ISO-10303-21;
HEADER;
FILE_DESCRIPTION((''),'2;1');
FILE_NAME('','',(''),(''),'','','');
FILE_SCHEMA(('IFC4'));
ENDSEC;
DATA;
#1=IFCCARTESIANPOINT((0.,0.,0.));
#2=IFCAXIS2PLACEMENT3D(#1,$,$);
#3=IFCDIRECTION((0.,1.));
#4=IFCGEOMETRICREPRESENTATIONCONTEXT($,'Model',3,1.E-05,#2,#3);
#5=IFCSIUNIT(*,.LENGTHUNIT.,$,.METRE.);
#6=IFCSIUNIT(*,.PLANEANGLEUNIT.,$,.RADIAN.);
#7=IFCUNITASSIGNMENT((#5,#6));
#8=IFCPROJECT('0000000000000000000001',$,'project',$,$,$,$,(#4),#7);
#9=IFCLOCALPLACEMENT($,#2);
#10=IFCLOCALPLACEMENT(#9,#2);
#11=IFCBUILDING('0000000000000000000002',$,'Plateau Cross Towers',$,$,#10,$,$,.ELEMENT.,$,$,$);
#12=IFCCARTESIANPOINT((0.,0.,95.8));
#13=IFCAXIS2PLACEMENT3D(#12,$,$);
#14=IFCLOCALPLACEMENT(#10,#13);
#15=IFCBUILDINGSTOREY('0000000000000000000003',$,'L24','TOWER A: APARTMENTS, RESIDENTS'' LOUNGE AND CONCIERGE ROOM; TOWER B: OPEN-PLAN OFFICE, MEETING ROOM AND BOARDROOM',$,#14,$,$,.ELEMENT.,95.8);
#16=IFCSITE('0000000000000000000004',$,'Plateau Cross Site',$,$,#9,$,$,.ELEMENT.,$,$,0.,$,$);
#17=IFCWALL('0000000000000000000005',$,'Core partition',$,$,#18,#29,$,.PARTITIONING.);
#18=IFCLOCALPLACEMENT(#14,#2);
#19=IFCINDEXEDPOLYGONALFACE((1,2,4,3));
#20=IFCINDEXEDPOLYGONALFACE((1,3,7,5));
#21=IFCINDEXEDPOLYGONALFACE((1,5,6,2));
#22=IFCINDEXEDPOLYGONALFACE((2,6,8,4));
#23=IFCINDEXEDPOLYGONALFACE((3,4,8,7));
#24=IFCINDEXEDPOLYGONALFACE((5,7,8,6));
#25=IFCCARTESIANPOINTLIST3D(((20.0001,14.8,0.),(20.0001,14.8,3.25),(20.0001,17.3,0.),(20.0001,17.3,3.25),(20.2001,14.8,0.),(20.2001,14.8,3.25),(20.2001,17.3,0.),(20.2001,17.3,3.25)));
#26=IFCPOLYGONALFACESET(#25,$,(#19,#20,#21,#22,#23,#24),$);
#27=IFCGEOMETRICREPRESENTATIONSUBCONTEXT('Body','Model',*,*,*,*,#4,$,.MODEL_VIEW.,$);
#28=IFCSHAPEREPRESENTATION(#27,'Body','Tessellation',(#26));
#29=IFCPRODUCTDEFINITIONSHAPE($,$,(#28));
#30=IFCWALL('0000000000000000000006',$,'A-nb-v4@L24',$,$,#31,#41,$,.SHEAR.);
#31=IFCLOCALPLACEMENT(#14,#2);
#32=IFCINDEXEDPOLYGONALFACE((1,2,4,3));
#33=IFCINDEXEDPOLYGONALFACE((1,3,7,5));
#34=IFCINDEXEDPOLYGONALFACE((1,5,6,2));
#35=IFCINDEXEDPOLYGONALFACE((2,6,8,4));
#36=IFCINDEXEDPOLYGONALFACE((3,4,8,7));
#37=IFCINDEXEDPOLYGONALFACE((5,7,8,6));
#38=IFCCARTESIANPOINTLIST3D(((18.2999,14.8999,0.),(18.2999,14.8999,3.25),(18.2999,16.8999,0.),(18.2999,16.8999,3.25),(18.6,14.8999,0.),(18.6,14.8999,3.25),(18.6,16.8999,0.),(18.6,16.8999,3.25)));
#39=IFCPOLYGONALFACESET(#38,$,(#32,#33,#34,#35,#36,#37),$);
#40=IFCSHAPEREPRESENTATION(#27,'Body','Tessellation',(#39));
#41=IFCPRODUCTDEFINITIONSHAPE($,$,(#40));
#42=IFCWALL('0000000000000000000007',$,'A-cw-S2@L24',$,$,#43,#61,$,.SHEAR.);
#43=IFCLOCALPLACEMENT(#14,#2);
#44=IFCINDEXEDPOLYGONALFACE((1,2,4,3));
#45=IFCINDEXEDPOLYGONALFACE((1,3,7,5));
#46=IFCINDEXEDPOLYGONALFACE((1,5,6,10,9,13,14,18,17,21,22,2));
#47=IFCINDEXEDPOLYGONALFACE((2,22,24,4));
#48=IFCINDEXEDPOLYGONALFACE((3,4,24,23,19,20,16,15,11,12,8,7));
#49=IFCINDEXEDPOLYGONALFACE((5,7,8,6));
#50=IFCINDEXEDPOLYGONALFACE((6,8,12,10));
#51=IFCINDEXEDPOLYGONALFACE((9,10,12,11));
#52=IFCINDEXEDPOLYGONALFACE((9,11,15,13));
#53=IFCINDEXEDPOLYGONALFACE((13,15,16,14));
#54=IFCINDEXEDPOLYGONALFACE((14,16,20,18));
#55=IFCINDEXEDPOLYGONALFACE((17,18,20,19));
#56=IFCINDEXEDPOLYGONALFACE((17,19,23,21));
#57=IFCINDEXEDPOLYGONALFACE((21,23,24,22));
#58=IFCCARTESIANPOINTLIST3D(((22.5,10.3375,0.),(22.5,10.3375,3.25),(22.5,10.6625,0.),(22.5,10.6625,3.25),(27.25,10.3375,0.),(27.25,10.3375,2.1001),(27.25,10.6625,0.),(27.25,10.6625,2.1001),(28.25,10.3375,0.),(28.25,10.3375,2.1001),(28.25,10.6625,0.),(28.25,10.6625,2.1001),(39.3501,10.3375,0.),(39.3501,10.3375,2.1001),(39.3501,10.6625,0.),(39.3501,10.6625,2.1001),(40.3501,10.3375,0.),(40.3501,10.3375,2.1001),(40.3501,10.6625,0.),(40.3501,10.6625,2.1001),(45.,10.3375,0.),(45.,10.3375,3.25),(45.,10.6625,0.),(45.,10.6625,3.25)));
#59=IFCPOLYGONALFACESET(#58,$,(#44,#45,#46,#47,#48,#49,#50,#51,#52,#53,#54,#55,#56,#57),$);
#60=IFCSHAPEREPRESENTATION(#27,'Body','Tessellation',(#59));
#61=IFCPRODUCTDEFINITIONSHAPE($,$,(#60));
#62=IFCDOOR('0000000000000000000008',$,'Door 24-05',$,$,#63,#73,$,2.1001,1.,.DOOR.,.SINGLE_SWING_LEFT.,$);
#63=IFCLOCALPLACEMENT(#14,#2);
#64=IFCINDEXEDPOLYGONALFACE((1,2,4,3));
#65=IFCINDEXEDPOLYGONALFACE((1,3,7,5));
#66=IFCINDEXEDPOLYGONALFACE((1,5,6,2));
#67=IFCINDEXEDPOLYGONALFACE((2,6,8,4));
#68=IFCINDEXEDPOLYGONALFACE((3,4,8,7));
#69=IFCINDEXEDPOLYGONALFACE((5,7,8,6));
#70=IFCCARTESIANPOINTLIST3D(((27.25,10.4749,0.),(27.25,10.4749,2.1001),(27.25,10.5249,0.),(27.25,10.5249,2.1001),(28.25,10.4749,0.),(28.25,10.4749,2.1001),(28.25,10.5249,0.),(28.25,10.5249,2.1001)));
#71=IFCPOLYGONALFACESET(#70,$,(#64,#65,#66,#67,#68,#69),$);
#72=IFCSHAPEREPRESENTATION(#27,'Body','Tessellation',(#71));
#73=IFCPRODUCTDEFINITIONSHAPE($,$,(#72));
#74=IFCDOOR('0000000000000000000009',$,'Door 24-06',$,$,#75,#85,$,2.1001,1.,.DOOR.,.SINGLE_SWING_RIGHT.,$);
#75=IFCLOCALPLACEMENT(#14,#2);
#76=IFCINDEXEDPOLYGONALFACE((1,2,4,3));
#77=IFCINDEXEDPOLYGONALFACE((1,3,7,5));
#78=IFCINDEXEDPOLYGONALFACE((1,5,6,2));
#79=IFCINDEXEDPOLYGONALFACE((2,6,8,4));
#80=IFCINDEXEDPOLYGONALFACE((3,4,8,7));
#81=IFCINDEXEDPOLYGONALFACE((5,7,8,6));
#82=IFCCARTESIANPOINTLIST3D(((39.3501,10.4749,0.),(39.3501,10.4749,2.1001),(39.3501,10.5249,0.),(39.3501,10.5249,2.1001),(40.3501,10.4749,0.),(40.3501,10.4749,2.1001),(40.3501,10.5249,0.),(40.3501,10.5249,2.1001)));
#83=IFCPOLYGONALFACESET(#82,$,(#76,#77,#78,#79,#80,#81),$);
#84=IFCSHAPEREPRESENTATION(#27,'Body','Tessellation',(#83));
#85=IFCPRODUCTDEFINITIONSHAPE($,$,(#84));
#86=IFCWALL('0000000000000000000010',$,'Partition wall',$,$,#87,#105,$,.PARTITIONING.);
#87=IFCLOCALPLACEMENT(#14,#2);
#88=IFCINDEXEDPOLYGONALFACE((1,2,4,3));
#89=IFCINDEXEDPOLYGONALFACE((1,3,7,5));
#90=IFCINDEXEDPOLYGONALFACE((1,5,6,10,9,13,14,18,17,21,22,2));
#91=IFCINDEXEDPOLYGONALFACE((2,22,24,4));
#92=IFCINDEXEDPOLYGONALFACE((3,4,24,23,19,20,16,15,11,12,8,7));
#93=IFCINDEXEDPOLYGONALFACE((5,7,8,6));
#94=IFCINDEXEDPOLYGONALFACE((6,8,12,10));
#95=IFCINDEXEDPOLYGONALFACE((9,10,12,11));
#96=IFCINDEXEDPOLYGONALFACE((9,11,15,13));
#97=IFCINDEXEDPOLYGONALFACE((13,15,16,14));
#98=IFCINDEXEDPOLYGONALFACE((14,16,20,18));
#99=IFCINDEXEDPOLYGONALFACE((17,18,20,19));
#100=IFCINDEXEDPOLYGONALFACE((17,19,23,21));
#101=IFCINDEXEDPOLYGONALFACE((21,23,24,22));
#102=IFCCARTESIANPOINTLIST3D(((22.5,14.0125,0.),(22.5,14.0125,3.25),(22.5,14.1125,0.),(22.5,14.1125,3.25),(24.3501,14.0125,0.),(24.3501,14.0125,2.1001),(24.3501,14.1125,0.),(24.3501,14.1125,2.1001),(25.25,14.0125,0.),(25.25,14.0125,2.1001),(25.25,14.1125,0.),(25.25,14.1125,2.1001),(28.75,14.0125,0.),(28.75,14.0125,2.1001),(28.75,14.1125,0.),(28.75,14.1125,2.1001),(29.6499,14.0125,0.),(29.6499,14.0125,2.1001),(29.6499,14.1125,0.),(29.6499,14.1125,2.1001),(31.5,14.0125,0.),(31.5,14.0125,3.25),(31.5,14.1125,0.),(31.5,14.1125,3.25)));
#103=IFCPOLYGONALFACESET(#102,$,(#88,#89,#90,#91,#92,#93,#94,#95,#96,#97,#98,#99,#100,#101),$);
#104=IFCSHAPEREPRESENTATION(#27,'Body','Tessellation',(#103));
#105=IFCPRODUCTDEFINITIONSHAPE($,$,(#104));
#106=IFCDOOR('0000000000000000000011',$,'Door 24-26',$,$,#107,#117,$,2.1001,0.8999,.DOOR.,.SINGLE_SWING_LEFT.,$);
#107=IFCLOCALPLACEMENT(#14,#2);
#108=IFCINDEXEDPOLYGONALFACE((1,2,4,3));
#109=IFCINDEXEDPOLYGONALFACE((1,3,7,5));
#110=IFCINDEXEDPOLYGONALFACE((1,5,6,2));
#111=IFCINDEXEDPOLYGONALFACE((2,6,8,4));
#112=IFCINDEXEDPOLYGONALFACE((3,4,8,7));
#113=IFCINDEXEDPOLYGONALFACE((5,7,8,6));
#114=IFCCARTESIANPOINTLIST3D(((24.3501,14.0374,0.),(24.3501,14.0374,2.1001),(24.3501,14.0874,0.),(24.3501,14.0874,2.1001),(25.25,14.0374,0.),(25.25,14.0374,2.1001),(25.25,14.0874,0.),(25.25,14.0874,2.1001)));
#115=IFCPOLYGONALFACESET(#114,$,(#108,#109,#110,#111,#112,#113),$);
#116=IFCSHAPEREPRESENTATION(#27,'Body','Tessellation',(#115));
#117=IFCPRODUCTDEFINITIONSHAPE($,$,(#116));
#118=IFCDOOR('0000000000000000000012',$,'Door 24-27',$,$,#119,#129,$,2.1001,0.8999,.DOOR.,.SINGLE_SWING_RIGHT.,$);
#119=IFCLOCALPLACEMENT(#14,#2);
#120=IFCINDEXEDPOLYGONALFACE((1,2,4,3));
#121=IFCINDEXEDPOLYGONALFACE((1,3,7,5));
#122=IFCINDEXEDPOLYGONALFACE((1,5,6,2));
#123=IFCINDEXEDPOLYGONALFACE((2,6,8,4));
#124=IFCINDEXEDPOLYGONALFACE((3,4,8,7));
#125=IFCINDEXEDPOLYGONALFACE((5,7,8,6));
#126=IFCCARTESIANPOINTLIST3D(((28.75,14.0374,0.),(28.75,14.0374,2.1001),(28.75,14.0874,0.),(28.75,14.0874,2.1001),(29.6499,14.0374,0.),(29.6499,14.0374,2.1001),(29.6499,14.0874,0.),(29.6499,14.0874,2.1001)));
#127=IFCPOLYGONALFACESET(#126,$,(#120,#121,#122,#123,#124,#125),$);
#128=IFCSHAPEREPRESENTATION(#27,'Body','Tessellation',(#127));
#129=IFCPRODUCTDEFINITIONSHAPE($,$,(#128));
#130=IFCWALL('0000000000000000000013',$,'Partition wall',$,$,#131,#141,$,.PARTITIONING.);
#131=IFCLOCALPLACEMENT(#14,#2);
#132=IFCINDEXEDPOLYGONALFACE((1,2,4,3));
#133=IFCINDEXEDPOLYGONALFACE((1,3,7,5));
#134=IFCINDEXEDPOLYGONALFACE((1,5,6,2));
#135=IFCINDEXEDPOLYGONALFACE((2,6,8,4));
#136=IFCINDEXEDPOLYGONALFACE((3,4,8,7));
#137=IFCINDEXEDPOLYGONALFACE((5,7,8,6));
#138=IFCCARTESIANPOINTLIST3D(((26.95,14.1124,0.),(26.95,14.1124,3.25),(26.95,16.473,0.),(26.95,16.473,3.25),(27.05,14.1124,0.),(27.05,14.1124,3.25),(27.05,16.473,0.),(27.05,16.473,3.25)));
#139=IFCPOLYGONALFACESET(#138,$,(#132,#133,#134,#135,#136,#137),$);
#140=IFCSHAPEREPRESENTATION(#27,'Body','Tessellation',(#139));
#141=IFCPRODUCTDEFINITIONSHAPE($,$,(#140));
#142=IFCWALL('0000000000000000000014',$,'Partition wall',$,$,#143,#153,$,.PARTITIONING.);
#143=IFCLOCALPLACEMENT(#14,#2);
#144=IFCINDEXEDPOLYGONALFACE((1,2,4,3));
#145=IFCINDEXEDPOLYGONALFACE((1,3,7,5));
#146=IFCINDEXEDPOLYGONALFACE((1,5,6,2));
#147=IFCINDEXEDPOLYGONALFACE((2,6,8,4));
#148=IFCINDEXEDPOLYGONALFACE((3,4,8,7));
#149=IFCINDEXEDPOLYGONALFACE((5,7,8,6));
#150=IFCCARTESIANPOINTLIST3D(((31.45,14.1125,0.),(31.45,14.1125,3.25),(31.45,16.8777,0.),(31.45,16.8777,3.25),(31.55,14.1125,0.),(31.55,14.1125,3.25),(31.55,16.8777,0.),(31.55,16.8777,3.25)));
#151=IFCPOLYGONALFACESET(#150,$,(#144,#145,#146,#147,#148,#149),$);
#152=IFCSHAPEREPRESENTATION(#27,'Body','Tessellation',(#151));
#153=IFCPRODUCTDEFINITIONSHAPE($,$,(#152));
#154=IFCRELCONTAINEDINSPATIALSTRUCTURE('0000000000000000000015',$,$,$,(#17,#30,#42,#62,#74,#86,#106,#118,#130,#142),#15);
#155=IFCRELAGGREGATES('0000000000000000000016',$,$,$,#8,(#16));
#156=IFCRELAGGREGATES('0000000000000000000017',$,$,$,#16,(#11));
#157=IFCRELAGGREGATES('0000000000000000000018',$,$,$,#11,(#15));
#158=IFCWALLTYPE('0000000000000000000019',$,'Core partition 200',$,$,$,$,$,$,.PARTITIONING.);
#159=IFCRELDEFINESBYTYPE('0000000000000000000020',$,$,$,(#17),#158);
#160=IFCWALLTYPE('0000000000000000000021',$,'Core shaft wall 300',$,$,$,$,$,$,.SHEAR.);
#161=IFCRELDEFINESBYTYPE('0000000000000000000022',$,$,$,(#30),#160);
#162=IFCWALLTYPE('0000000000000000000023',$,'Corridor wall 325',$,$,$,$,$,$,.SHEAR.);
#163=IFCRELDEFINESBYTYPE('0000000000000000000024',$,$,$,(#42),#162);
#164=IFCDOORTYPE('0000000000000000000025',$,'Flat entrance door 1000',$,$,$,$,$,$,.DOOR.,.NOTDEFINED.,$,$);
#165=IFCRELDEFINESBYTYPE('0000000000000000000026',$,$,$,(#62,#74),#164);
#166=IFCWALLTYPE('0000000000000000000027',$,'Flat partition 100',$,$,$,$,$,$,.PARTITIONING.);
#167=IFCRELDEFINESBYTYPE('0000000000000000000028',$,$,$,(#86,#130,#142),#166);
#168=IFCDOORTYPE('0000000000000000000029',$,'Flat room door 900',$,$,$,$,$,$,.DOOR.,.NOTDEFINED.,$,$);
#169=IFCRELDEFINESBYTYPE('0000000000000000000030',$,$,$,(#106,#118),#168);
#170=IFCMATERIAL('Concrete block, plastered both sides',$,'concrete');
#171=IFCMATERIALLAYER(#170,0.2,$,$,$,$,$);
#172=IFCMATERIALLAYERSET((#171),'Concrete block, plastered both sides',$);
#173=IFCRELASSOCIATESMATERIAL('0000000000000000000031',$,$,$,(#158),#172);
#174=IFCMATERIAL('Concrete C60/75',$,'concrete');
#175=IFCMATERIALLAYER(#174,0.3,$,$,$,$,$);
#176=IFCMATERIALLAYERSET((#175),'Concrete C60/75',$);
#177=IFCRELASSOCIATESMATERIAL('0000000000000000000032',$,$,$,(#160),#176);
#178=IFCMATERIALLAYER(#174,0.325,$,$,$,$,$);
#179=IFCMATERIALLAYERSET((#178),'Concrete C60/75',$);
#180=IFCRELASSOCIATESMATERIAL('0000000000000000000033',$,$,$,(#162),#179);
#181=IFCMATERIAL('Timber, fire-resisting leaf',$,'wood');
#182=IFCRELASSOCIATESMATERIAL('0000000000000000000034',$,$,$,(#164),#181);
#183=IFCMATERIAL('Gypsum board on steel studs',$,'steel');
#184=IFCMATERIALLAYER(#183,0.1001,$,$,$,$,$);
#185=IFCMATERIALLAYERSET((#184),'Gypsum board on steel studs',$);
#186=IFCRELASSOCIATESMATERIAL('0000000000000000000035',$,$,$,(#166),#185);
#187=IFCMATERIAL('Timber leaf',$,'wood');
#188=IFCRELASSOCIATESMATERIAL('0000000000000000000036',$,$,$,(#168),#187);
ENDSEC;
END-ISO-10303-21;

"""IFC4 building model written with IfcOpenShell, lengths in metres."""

from ifc_helpers import new_model, si_unit, direction, frame, frame_2d, origin, place, context, subcontext, project, spatial, rectangle, extrude, material, layer, layer_set, type_object, element, fill, save


model = new_model("IFC4")

# Units and contexts
model_context = context("Model", 3, precision=1e-05, world=origin(), true_north=direction((0.0, 1.0)))
body_context = subcontext(model_context, "Body", "Model", "MODEL_VIEW")
ifc_project = project(units=[si_unit("LENGTHUNIT", "METRE"), si_unit("PLANEANGLEUNIT", "RADIAN")], contexts=[model_context])

# Site, building, storey
site_placement = place(None, origin())
site = spatial("IfcSite", under=ifc_project, at=site_placement, Name="Plateau Cross Site", CompositionType="ELEMENT", RefElevation=0.0)
building_placement = place(site_placement, origin())
building = spatial("IfcBuilding", under=site, at=building_placement, Name="Plateau Cross Towers", CompositionType="ELEMENT")
storey_placement = place(building_placement, frame((0.0, 0.0, 95.8)))
storey = spatial("IfcBuildingStorey", under=building, at=storey_placement, Name="L24", Description="TOWER A: APARTMENTS, RESIDENTS' LOUNGE AND CONCIERGE ROOM; TOWER B: OPEN-PLAN OFFICE, MEETING ROOM AND BOARDROOM", CompositionType="ELEMENT", Elevation=95.8)

# Shared definitions
ifc_material_1 = material(Name="Concrete block, plastered both sides", Category="concrete")
ifc_layer_1 = layer(ifc_material_1, 0.2)
ifc_layer_set_1 = layer_set([ifc_layer_1], Name="Concrete block, plastered both sides")
wall_type_1 = type_object("IfcWallType", Name="Core partition 200", PredefinedType="PARTITIONING", material=ifc_layer_set_1)

# Walls
wall_1_placement = place(storey_placement, frame((20.1001, 14.8, 0.0), z_axis=(0.0, 0.0, 1.0), x_axis=(0.0, 1.0, 0.0)))
element("IfcWall", 1, at=wall_1_placement, inside=storey, type_object=wall_type_1, Name="Core partition", PredefinedType="PARTITIONING", context=body_context, shape_type="SweptSolid", body=[
    extrude(rectangle(XDim=2.5, YDim=0.2, at=frame_2d((1.25, 0.0))), origin(), (0.0, 0.0, 1.0), 3.25),
])
ifc_material_2 = material(Name="Concrete C60/75", Category="concrete")
ifc_layer_2 = layer(ifc_material_2, 0.3)
ifc_layer_set_2 = layer_set([ifc_layer_2], Name="Concrete C60/75")
wall_type_2 = type_object("IfcWallType", Name="Core shaft wall 300", PredefinedType="SHEAR", material=ifc_layer_set_2)
wall_2_placement = place(storey_placement, frame((18.45, 14.8999, 0.0), z_axis=(0.0, 0.0, 1.0), x_axis=(0.0, 1.0, 0.0)))
element("IfcWall", 2, at=wall_2_placement, inside=storey, type_object=wall_type_2, Name="A-nb-v4@L24", PredefinedType="SHEAR", context=body_context, shape_type="SweptSolid", body=[
    extrude(rectangle(XDim=2.0, YDim=0.3, at=frame_2d((1.0, 0.0))), origin(), (0.0, 0.0, 1.0), 3.25),
])

# Walls, openings, doors
ifc_layer_3 = layer(ifc_material_2, 0.325)
ifc_layer_set_3 = layer_set([ifc_layer_3], Name="Concrete C60/75")
wall_type_3 = type_object("IfcWallType", Name="Corridor wall 325", PredefinedType="SHEAR", material=ifc_layer_set_3)
wall_3_placement = place(storey_placement, frame((22.5, 10.5, 0.0), z_axis=(0.0, 0.0, 1.0), x_axis=(1.0, 0.0, 0.0)))
wall_3 = element("IfcWall", 3, at=wall_3_placement, inside=storey, type_object=wall_type_3, Name="A-cw-S2@L24", PredefinedType="SHEAR", context=body_context, shape_type="SweptSolid", body=[
    extrude(rectangle(XDim=22.5, YDim=0.325, at=frame_2d((11.25, 0.0))), origin(), (0.0, 0.0, 1.0), 3.25),
])
opening_1_placement = place(wall_3_placement, frame((4.75, 0.0, 0.0)))
opening_1 = element("IfcOpeningElement", 4, at=opening_1_placement, cuts=wall_3, PredefinedType="OPENING", context=body_context, shape_type="SweptSolid", body=[
    extrude(rectangle(XDim=1.0, YDim=2.1001, at=frame_2d((0.5, 1.05))), frame((0.0, 0.1724, 0.0), z_axis=(0.0, -1.0, 0.0), x_axis=(1.0, 0.0, 0.0)), (0.0, 0.0, 1.0), 0.345),
])
opening_2_placement = place(wall_3_placement, frame((16.8501, 0.0, 0.0)))
opening_2 = element("IfcOpeningElement", 5, at=opening_2_placement, cuts=wall_3, PredefinedType="OPENING", context=body_context, shape_type="SweptSolid", body=[
    extrude(rectangle(XDim=1.0, YDim=2.1001, at=frame_2d((0.5, 1.05))), frame((0.0, 0.1724, 0.0), z_axis=(0.0, -1.0, 0.0), x_axis=(1.0, 0.0, 0.0)), (0.0, 0.0, 1.0), 0.345),
])
ifc_material_3 = material(Name="Timber, fire-resisting leaf", Category="wood")
door_type_1 = type_object("IfcDoorType", Name="Flat entrance door 1000", OperationType="NOTDEFINED", PredefinedType="DOOR", material=ifc_material_3)
door_1_placement = place(opening_1_placement, origin())
door_1 = element("IfcDoor", 6, at=door_1_placement, inside=storey, type_object=door_type_1, Name="Door 24-05", OperationType="SINGLE_SWING_LEFT", OverallHeight=2.1001, OverallWidth=1.0, PredefinedType="DOOR", context=body_context, shape_type="SweptSolid", body=[
    extrude(rectangle(XDim=1.0, YDim=2.1001, at=frame_2d((0.5, 1.05))), frame((0.0, 0.0249, 0.0), z_axis=(0.0, -1.0, 0.0), x_axis=(1.0, 0.0, 0.0)), (0.0, 0.0, 1.0), 0.05),
])
fill(opening_1, door_1)
door_2_placement = place(opening_2_placement, origin())
door_2 = element("IfcDoor", 7, at=door_2_placement, inside=storey, type_object=door_type_1, Name="Door 24-06", OperationType="SINGLE_SWING_RIGHT", OverallHeight=2.1001, OverallWidth=1.0, PredefinedType="DOOR", context=body_context, shape_type="SweptSolid", body=[
    extrude(rectangle(XDim=1.0, YDim=2.1001, at=frame_2d((0.5, 1.05))), frame((0.0, 0.0249, 0.0), z_axis=(0.0, -1.0, 0.0), x_axis=(1.0, 0.0, 0.0)), (0.0, 0.0, 1.0), 0.05),
])
fill(opening_2, door_2)
ifc_material_4 = material(Name="Gypsum board on steel studs", Category="steel")
ifc_layer_4 = layer(ifc_material_4, 0.1001)
ifc_layer_set_4 = layer_set([ifc_layer_4], Name="Gypsum board on steel studs")
wall_type_4 = type_object("IfcWallType", Name="Flat partition 100", PredefinedType="PARTITIONING", material=ifc_layer_set_4)
wall_4_placement = place(storey_placement, frame((22.5, 14.0625, 0.0), z_axis=(0.0, 0.0, 1.0), x_axis=(1.0, 0.0, 0.0)))
wall_4 = element("IfcWall", 8, at=wall_4_placement, inside=storey, type_object=wall_type_4, Name="Partition wall", PredefinedType="PARTITIONING", context=body_context, shape_type="SweptSolid", body=[
    extrude(rectangle(XDim=9.0, YDim=0.1001, at=frame_2d((4.5, 0.0))), origin(), (0.0, 0.0, 1.0), 3.25),
])
opening_3_placement = place(wall_4_placement, frame((1.8501, 0.0, 0.0)))
opening_3 = element("IfcOpeningElement", 9, at=opening_3_placement, cuts=wall_4, PredefinedType="OPENING", context=body_context, shape_type="SweptSolid", body=[
    extrude(rectangle(XDim=0.8999, YDim=2.1001, at=frame_2d((0.45, 1.05))), frame((0.0, 0.0601, 0.0), z_axis=(0.0, -1.0, 0.0), x_axis=(1.0, 0.0, 0.0)), (0.0, 0.0, 1.0), 0.1201),
])
opening_4_placement = place(wall_4_placement, frame((6.25, 0.0, 0.0)))
opening_4 = element("IfcOpeningElement", 10, at=opening_4_placement, cuts=wall_4, PredefinedType="OPENING", context=body_context, shape_type="SweptSolid", body=[
    extrude(rectangle(XDim=0.8999, YDim=2.1001, at=frame_2d((0.45, 1.05))), frame((0.0, 0.0601, 0.0), z_axis=(0.0, -1.0, 0.0), x_axis=(1.0, 0.0, 0.0)), (0.0, 0.0, 1.0), 0.1201),
])
ifc_material_5 = material(Name="Timber leaf", Category="wood")
door_type_2 = type_object("IfcDoorType", Name="Flat room door 900", OperationType="NOTDEFINED", PredefinedType="DOOR", material=ifc_material_5)
door_3_placement = place(opening_3_placement, origin())
door_3 = element("IfcDoor", 11, at=door_3_placement, inside=storey, type_object=door_type_2, Name="Door 24-26", OperationType="SINGLE_SWING_LEFT", OverallHeight=2.1001, OverallWidth=0.8999, PredefinedType="DOOR", context=body_context, shape_type="SweptSolid", body=[
    extrude(rectangle(XDim=0.8999, YDim=2.1001, at=frame_2d((0.45, 1.05))), frame((0.0, 0.0249, 0.0), z_axis=(0.0, -1.0, 0.0), x_axis=(1.0, 0.0, 0.0)), (0.0, 0.0, 1.0), 0.05),
])
fill(opening_3, door_3)
door_4_placement = place(opening_4_placement, origin())
door_4 = element("IfcDoor", 12, at=door_4_placement, inside=storey, type_object=door_type_2, Name="Door 24-27", OperationType="SINGLE_SWING_RIGHT", OverallHeight=2.1001, OverallWidth=0.8999, PredefinedType="DOOR", context=body_context, shape_type="SweptSolid", body=[
    extrude(rectangle(XDim=0.8999, YDim=2.1001, at=frame_2d((0.45, 1.05))), frame((0.0, 0.0249, 0.0), z_axis=(0.0, -1.0, 0.0), x_axis=(1.0, 0.0, 0.0)), (0.0, 0.0, 1.0), 0.05),
])
fill(opening_4, door_4)

# Walls
wall_5_placement = place(storey_placement, frame((27.0, 14.1125, 0.0), z_axis=(0.0, 0.0, 1.0), x_axis=(0.0, 1.0, 0.0)))
element("IfcWall", 13, at=wall_5_placement, inside=storey, type_object=wall_type_4, Name="Partition wall", PredefinedType="PARTITIONING", context=body_context, shape_type="SweptSolid", body=[
    extrude(rectangle(XDim=2.3606, YDim=0.1001, at=frame_2d((1.1802, 0.0))), origin(), (0.0, 0.0, 1.0), 3.25),
])
wall_6_placement = place(storey_placement, frame((31.5, 14.1125, 0.0), z_axis=(0.0, 0.0, 1.0), x_axis=(0.0, 1.0, 0.0)))
element("IfcWall", 14, at=wall_6_placement, inside=storey, type_object=wall_type_4, Name="Partition wall", PredefinedType="PARTITIONING", context=body_context, shape_type="SweptSolid", body=[
    extrude(rectangle(XDim=2.7651, YDim=0.1001, at=frame_2d((1.3826, 0.0))), origin(), (0.0, 0.0, 1.0), 3.25),
])

save(model, "model.ifc")
